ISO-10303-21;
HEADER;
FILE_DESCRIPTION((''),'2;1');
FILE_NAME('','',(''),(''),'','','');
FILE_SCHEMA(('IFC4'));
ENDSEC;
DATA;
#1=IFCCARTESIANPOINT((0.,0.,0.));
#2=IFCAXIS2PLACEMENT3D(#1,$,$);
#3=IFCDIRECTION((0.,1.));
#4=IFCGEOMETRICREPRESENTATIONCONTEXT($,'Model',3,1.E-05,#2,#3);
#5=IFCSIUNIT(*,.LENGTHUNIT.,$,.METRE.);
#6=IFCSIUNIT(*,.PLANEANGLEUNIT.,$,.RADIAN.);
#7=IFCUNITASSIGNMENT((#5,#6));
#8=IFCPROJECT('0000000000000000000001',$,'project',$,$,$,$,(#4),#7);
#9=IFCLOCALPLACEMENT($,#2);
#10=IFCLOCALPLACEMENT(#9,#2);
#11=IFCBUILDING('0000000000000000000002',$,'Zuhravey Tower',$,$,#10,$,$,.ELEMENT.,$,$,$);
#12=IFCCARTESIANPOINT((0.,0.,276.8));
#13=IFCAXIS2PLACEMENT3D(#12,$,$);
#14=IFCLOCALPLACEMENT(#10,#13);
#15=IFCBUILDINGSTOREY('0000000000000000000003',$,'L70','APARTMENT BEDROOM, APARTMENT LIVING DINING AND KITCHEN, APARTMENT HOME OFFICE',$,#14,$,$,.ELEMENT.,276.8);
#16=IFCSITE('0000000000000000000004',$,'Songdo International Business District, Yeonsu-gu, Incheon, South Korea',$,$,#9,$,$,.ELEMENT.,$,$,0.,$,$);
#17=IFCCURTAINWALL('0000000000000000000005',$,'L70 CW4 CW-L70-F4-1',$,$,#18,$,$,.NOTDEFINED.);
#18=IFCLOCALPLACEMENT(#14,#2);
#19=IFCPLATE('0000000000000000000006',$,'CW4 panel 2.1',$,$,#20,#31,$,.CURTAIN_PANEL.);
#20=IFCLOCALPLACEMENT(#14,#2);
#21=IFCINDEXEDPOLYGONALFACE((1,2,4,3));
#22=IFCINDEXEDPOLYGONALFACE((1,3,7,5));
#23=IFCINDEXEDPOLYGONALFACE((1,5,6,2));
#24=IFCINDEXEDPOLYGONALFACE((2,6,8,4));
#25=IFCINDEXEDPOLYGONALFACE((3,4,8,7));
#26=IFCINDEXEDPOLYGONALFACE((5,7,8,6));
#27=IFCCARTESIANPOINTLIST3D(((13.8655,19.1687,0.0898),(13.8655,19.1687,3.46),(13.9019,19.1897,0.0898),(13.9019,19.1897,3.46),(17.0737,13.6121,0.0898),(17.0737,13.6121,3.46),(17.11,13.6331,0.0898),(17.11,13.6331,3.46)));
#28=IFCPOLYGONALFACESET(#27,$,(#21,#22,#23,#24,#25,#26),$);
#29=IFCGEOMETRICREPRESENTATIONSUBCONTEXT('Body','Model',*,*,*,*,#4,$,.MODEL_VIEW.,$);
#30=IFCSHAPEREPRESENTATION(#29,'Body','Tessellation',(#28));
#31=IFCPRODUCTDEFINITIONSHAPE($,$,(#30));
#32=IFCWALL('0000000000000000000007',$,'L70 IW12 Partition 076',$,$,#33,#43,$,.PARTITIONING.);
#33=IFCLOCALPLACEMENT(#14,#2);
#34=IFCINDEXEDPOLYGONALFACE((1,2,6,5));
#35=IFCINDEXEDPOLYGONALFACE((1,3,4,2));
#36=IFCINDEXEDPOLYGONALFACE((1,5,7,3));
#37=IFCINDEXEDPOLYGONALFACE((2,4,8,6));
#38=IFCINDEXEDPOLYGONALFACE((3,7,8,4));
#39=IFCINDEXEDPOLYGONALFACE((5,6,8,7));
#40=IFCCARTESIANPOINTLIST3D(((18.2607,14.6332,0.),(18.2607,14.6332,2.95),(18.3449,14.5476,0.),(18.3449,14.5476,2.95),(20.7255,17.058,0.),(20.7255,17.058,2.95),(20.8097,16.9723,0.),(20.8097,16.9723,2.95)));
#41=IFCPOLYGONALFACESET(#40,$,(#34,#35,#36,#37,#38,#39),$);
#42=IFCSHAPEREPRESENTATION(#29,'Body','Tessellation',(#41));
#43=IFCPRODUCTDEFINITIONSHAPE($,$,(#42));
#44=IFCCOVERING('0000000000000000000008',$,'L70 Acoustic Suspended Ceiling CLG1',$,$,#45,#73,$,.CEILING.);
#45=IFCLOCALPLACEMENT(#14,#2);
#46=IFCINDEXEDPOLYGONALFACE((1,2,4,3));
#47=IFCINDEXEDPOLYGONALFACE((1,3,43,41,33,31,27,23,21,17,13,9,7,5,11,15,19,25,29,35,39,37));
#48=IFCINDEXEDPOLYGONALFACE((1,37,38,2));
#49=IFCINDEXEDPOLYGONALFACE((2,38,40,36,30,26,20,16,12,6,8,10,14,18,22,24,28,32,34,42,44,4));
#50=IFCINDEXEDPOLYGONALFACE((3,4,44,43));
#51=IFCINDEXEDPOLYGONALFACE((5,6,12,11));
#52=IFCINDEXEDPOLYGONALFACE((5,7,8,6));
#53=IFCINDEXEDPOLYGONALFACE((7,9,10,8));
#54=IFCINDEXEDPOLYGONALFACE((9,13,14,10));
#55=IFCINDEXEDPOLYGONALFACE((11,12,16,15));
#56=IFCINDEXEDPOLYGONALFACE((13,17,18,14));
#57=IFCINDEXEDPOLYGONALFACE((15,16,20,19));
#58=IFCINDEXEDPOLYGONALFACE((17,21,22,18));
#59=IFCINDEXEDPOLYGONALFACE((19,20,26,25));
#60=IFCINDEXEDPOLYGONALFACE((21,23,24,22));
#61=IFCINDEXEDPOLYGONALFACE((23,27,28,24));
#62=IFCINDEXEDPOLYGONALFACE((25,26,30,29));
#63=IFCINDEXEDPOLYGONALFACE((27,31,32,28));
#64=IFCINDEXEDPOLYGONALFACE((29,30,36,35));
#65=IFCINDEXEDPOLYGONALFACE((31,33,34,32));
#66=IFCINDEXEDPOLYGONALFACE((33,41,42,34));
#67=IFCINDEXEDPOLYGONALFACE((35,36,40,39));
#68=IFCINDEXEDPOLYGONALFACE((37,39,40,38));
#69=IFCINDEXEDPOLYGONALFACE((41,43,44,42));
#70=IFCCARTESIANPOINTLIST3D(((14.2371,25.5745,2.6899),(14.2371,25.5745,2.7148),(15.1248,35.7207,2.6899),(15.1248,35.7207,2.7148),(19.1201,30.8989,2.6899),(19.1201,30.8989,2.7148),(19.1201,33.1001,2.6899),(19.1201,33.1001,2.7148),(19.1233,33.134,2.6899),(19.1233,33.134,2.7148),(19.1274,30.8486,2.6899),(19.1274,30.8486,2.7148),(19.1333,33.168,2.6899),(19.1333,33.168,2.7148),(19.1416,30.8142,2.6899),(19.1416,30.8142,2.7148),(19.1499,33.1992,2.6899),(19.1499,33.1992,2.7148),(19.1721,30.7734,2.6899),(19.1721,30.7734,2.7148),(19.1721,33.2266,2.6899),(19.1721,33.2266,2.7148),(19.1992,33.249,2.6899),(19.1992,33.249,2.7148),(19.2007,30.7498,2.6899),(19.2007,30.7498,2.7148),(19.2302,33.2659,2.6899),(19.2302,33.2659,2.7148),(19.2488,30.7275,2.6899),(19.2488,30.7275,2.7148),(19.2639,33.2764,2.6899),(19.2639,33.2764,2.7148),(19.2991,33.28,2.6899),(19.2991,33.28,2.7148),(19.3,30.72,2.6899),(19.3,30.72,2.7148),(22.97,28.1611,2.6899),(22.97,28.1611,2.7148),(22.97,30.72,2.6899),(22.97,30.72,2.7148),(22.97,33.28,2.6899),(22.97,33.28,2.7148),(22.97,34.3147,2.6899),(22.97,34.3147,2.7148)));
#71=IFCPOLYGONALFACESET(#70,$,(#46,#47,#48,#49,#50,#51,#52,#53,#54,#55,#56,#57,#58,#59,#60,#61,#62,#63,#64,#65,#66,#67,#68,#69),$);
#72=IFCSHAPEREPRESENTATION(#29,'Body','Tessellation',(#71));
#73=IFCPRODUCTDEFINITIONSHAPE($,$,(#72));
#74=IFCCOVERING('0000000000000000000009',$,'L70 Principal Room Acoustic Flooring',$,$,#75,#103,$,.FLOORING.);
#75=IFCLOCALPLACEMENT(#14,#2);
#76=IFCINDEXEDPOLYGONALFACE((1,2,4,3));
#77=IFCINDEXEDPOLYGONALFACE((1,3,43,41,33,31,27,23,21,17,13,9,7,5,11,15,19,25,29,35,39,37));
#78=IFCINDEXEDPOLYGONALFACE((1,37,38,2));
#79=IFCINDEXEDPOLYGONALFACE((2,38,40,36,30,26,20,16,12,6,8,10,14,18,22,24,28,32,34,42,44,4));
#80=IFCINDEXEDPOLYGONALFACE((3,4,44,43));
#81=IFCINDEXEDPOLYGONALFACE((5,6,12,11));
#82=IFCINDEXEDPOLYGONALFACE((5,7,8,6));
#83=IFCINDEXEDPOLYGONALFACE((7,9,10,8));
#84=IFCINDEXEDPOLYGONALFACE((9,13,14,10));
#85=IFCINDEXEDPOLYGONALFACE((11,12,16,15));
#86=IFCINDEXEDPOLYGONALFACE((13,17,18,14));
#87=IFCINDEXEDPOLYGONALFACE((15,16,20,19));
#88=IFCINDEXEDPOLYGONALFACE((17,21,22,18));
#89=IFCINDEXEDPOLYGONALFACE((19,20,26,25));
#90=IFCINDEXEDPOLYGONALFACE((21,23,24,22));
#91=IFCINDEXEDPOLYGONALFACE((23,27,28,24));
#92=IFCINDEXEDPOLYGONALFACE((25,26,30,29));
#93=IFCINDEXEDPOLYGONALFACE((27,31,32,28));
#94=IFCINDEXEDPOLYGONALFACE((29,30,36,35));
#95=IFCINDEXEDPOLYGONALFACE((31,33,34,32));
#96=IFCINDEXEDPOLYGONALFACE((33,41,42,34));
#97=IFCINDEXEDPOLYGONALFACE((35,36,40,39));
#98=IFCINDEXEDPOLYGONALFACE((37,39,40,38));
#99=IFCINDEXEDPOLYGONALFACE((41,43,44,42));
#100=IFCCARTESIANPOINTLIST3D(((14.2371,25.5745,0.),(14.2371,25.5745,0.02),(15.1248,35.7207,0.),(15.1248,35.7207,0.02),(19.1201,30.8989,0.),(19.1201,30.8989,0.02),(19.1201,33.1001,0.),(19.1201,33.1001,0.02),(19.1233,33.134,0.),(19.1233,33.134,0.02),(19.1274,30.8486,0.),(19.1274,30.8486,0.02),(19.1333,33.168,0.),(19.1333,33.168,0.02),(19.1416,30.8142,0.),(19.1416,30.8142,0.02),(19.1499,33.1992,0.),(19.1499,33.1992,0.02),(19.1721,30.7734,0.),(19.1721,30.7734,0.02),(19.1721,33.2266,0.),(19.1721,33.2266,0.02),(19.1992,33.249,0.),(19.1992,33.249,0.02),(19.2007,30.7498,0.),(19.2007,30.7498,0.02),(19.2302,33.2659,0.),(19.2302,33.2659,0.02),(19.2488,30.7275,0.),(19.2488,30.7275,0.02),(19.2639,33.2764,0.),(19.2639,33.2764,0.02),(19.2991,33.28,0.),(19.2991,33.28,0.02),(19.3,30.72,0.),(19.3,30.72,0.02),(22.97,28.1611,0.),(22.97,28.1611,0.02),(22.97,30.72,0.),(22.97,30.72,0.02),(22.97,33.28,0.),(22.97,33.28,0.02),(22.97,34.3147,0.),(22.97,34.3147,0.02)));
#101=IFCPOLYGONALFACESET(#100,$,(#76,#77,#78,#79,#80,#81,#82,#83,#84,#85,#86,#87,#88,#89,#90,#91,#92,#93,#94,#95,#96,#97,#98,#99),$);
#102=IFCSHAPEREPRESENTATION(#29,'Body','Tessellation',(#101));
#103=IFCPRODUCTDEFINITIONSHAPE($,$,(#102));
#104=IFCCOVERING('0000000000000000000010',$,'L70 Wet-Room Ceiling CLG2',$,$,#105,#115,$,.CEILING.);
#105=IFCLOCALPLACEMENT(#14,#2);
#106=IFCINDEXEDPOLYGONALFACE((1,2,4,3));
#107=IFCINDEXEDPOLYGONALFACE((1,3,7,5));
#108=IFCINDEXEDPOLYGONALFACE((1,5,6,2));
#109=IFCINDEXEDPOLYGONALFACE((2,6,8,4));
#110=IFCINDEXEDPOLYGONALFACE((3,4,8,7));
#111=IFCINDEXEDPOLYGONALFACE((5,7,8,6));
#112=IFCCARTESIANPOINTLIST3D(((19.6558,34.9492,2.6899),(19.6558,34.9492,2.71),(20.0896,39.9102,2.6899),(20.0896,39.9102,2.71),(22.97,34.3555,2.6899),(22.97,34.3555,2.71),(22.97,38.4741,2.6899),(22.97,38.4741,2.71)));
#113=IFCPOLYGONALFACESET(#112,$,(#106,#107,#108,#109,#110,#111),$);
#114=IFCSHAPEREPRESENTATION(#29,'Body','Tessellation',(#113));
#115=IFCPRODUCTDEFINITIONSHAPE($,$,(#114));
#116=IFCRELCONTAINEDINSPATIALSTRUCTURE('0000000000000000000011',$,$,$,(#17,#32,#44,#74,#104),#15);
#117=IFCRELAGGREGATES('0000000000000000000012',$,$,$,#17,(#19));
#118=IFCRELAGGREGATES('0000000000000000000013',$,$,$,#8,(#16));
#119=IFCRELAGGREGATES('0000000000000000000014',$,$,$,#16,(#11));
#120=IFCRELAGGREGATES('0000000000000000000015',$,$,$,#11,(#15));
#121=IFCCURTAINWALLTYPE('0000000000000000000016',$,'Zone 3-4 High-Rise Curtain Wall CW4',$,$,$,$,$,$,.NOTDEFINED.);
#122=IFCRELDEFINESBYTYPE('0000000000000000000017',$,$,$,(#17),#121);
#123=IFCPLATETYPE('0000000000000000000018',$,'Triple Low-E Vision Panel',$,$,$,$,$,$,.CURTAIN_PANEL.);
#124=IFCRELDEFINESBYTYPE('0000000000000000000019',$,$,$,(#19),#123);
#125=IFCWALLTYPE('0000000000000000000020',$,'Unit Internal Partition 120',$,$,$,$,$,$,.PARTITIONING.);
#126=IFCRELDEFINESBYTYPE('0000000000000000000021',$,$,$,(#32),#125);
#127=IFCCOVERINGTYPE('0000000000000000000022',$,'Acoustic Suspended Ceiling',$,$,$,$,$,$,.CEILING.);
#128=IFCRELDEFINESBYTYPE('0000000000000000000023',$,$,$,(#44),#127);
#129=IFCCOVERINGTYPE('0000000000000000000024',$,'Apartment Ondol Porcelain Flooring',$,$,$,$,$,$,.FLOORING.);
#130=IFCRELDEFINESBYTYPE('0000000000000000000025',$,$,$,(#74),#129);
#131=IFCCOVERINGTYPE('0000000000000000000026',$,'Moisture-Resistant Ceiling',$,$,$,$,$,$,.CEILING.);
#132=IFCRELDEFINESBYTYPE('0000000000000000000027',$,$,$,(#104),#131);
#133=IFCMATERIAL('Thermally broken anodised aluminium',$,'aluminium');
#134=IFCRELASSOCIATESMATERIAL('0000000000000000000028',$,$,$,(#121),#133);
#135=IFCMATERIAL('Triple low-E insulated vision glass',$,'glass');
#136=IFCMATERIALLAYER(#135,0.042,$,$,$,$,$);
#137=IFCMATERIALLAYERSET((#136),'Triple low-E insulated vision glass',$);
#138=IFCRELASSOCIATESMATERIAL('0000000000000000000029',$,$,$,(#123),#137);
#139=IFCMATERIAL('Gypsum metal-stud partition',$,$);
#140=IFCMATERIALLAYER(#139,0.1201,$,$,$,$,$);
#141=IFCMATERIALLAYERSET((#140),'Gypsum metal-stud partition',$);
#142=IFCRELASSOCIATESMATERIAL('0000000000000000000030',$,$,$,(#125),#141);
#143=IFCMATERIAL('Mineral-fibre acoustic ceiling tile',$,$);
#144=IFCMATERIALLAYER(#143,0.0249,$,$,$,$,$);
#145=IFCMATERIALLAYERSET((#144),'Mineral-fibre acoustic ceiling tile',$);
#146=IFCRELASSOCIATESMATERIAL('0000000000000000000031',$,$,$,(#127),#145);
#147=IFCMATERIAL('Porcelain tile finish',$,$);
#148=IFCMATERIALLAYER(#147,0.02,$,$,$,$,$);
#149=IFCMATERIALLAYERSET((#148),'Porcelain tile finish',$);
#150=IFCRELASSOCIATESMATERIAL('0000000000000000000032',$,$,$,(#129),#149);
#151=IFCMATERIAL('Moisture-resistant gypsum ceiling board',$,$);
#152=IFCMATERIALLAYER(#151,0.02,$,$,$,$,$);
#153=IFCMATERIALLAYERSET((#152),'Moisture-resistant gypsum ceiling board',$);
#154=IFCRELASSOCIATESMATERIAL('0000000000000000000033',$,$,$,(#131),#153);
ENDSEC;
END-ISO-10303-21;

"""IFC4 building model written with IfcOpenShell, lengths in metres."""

from ifc_helpers import new_model, si_unit, direction, frame, frame_2d, origin, origin_2d, place, context, subcontext, project, spatial, polyline, rectangle, outline, extrude, material, layer, layer_set, type_object, element, aggregate, save


model = new_model("IFC4")

# Units and contexts
model_context = context("Model", 3, precision=1e-05, world=origin(), true_north=direction((0.0, 1.0)))
body_context = subcontext(model_context, "Body", "Model", "MODEL_VIEW")
ifc_project = project(units=[si_unit("LENGTHUNIT", "METRE"), si_unit("PLANEANGLEUNIT", "RADIAN")], contexts=[model_context])

# Site, building, storey
site_placement = place(None, origin())
site = spatial("IfcSite", under=ifc_project, at=site_placement, Name="Songdo International Business District, Yeonsu-gu, Incheon, South Korea", CompositionType="ELEMENT", RefElevation=0.0)
building_placement = place(site_placement, origin())
building = spatial("IfcBuilding", under=site, at=building_placement, Name="Zuhravey Tower", CompositionType="ELEMENT")
storey_placement = place(building_placement, frame((0.0, 0.0, 276.8)))
storey = spatial("IfcBuildingStorey", under=building, at=storey_placement, Name="L70", Description="APARTMENT BEDROOM, APARTMENT LIVING DINING AND KITCHEN, APARTMENT HOME OFFICE", CompositionType="ELEMENT", Elevation=276.8)

# Curtain wall
ifc_material_1 = material(Name="Thermally broken anodised aluminium", Category="aluminium")
curtain_wall_type = type_object("IfcCurtainWallType", Name="Zone 3-4 High-Rise Curtain Wall CW4", PredefinedType="NOTDEFINED", material=ifc_material_1)
curtain_wall_placement = place(storey_placement, origin())
curtain_wall = element("IfcCurtainWall", 1, at=curtain_wall_placement, inside=storey, type_object=curtain_wall_type, Name="L70 CW4 CW-L70-F4-1", PredefinedType="NOTDEFINED")

# Plate
ifc_material_2 = material(Name="Triple low-E insulated vision glass", Category="glass")
ifc_layer_1 = layer(ifc_material_2, 0.042)
ifc_layer_set_1 = layer_set([ifc_layer_1], Name="Triple low-E insulated vision glass")
plate_type_1 = type_object("IfcPlateType", Name="Triple Low-E Vision Panel", PredefinedType="CURTAIN_PANEL", material=ifc_layer_set_1)
plate_1_placement = place(storey_placement, frame((15.4878, 16.4009, 0.0898), z_axis=(0.0, 0.0, 1.0), x_axis=(-0.500001, 0.866025, 0.0)))
plate_1 = element("IfcPlate", 2, at=plate_1_placement, type_object=plate_type_1, Name="CW4 panel 2.1", PredefinedType="CURTAIN_PANEL", context=body_context, shape_type="SweptSolid", body=[
    extrude(rectangle(XDim=6.4163, YDim=0.042, at=origin_2d()), origin(), (0.0, 0.0, 1.0), 3.3701),
])
aggregate(curtain_wall, [plate_1])

# Wall
ifc_material_3 = material(Name="Gypsum metal-stud partition")
ifc_layer_2 = layer(ifc_material_3, 0.1201)
ifc_layer_set_2 = layer_set([ifc_layer_2], Name="Gypsum metal-stud partition")
wall_type = type_object("IfcWallType", Name="Unit Internal Partition 120", PredefinedType="PARTITIONING", material=ifc_layer_set_2)
wall_placement = place(storey_placement, frame((20.7676, 17.0151, 0.0), z_axis=(0.0, 0.0, 1.0), x_axis=(-0.712873, -0.701293, 0.0)))
element("IfcWall", 3, at=wall_placement, inside=storey, type_object=wall_type, Name="L70 IW12 Partition 076", PredefinedType="PARTITIONING", context=body_context, shape_type="SweptSolid", body=[
    extrude(rectangle(XDim=3.4575, YDim=0.1201, at=frame_2d((1.7288, 0.0))), origin(), (0.0, 0.0, 1.0), 2.95),
])

# Coverings
ifc_material_4 = material(Name="Mineral-fibre acoustic ceiling tile")
ifc_layer_3 = layer(ifc_material_4, 0.0249)
ifc_layer_set_3 = layer_set([ifc_layer_3], Name="Mineral-fibre acoustic ceiling tile")
covering_type_1 = type_object("IfcCoveringType", Name="Acoustic Suspended Ceiling", PredefinedType="CEILING", material=ifc_layer_set_3)
covering_1_placement = place(storey_placement, frame((0.0, 0.0, 2.6899)))
element("IfcCovering", 4, at=covering_1_placement, inside=storey, type_object=covering_type_1, Name="L70 Acoustic Suspended Ceiling CLG1", PredefinedType="CEILING", context=body_context, shape_type="SweptSolid", body=[
    extrude(outline(polyline([(22.97, 34.3147), (22.97, 33.28), (19.2991, 33.28), (19.2639, 33.2764), (19.2302, 33.2659), (19.1992, 33.249), (19.1721, 33.2266), (19.1499, 33.1992), (19.1333, 33.168), (19.1233, 33.134), (19.1201, 33.1001), (19.1201, 30.8989), (19.1274, 30.8486), (19.1416, 30.8142), (19.1721, 30.7734), (19.2007, 30.7498), (19.2488, 30.7275), (19.3, 30.72), (22.97, 30.72), (22.97, 28.1611), (14.2371, 25.5745), (15.1248, 35.7207), (22.97, 34.3147)])), origin(), (0.0, 0.0, 1.0), 0.0249),
])
ifc_material_5 = material(Name="Porcelain tile finish")
ifc_layer_4 = layer(ifc_material_5, 0.02)
ifc_layer_set_4 = layer_set([ifc_layer_4], Name="Porcelain tile finish")
covering_type_2 = type_object("IfcCoveringType", Name="Apartment Ondol Porcelain Flooring", PredefinedType="FLOORING", material=ifc_layer_set_4)
covering_2_placement = place(storey_placement, origin())
element("IfcCovering", 5, at=covering_2_placement, inside=storey, type_object=covering_type_2, Name="L70 Principal Room Acoustic Flooring", PredefinedType="FLOORING", context=body_context, shape_type="SweptSolid", body=[
    extrude(outline(polyline([(22.97, 34.3147), (22.97, 33.28), (19.2991, 33.28), (19.2639, 33.2764), (19.2302, 33.2659), (19.1992, 33.249), (19.1721, 33.2266), (19.1499, 33.1992), (19.1333, 33.168), (19.1233, 33.134), (19.1201, 33.1001), (19.1201, 30.8989), (19.1274, 30.8486), (19.1416, 30.8142), (19.1721, 30.7734), (19.2007, 30.7498), (19.2488, 30.7275), (19.3, 30.72), (22.97, 30.72), (22.97, 28.1611), (14.2371, 25.5745), (15.1248, 35.7207), (22.97, 34.3147)])), origin(), (0.0, 0.0, 1.0), 0.02),
])
ifc_material_6 = material(Name="Moisture-resistant gypsum ceiling board")
ifc_layer_5 = layer(ifc_material_6, 0.02)
ifc_layer_set_5 = layer_set([ifc_layer_5], Name="Moisture-resistant gypsum ceiling board")
covering_type_3 = type_object("IfcCoveringType", Name="Moisture-Resistant Ceiling", PredefinedType="CEILING", material=ifc_layer_set_5)
covering_3_placement = place(storey_placement, frame((0.0, 0.0, 2.6899)))
element("IfcCovering", 6, at=covering_3_placement, inside=storey, type_object=covering_type_3, Name="L70 Wet-Room Ceiling CLG2", PredefinedType="CEILING", context=body_context, shape_type="SweptSolid", body=[
    extrude(outline(polyline([(22.97, 38.4741), (22.97, 34.3555), (19.6558, 34.9492), (20.0896, 39.9102), (22.97, 38.4741)])), origin(), (0.0, 0.0, 1.0), 0.02),
])

save(model, "model.ifc")
